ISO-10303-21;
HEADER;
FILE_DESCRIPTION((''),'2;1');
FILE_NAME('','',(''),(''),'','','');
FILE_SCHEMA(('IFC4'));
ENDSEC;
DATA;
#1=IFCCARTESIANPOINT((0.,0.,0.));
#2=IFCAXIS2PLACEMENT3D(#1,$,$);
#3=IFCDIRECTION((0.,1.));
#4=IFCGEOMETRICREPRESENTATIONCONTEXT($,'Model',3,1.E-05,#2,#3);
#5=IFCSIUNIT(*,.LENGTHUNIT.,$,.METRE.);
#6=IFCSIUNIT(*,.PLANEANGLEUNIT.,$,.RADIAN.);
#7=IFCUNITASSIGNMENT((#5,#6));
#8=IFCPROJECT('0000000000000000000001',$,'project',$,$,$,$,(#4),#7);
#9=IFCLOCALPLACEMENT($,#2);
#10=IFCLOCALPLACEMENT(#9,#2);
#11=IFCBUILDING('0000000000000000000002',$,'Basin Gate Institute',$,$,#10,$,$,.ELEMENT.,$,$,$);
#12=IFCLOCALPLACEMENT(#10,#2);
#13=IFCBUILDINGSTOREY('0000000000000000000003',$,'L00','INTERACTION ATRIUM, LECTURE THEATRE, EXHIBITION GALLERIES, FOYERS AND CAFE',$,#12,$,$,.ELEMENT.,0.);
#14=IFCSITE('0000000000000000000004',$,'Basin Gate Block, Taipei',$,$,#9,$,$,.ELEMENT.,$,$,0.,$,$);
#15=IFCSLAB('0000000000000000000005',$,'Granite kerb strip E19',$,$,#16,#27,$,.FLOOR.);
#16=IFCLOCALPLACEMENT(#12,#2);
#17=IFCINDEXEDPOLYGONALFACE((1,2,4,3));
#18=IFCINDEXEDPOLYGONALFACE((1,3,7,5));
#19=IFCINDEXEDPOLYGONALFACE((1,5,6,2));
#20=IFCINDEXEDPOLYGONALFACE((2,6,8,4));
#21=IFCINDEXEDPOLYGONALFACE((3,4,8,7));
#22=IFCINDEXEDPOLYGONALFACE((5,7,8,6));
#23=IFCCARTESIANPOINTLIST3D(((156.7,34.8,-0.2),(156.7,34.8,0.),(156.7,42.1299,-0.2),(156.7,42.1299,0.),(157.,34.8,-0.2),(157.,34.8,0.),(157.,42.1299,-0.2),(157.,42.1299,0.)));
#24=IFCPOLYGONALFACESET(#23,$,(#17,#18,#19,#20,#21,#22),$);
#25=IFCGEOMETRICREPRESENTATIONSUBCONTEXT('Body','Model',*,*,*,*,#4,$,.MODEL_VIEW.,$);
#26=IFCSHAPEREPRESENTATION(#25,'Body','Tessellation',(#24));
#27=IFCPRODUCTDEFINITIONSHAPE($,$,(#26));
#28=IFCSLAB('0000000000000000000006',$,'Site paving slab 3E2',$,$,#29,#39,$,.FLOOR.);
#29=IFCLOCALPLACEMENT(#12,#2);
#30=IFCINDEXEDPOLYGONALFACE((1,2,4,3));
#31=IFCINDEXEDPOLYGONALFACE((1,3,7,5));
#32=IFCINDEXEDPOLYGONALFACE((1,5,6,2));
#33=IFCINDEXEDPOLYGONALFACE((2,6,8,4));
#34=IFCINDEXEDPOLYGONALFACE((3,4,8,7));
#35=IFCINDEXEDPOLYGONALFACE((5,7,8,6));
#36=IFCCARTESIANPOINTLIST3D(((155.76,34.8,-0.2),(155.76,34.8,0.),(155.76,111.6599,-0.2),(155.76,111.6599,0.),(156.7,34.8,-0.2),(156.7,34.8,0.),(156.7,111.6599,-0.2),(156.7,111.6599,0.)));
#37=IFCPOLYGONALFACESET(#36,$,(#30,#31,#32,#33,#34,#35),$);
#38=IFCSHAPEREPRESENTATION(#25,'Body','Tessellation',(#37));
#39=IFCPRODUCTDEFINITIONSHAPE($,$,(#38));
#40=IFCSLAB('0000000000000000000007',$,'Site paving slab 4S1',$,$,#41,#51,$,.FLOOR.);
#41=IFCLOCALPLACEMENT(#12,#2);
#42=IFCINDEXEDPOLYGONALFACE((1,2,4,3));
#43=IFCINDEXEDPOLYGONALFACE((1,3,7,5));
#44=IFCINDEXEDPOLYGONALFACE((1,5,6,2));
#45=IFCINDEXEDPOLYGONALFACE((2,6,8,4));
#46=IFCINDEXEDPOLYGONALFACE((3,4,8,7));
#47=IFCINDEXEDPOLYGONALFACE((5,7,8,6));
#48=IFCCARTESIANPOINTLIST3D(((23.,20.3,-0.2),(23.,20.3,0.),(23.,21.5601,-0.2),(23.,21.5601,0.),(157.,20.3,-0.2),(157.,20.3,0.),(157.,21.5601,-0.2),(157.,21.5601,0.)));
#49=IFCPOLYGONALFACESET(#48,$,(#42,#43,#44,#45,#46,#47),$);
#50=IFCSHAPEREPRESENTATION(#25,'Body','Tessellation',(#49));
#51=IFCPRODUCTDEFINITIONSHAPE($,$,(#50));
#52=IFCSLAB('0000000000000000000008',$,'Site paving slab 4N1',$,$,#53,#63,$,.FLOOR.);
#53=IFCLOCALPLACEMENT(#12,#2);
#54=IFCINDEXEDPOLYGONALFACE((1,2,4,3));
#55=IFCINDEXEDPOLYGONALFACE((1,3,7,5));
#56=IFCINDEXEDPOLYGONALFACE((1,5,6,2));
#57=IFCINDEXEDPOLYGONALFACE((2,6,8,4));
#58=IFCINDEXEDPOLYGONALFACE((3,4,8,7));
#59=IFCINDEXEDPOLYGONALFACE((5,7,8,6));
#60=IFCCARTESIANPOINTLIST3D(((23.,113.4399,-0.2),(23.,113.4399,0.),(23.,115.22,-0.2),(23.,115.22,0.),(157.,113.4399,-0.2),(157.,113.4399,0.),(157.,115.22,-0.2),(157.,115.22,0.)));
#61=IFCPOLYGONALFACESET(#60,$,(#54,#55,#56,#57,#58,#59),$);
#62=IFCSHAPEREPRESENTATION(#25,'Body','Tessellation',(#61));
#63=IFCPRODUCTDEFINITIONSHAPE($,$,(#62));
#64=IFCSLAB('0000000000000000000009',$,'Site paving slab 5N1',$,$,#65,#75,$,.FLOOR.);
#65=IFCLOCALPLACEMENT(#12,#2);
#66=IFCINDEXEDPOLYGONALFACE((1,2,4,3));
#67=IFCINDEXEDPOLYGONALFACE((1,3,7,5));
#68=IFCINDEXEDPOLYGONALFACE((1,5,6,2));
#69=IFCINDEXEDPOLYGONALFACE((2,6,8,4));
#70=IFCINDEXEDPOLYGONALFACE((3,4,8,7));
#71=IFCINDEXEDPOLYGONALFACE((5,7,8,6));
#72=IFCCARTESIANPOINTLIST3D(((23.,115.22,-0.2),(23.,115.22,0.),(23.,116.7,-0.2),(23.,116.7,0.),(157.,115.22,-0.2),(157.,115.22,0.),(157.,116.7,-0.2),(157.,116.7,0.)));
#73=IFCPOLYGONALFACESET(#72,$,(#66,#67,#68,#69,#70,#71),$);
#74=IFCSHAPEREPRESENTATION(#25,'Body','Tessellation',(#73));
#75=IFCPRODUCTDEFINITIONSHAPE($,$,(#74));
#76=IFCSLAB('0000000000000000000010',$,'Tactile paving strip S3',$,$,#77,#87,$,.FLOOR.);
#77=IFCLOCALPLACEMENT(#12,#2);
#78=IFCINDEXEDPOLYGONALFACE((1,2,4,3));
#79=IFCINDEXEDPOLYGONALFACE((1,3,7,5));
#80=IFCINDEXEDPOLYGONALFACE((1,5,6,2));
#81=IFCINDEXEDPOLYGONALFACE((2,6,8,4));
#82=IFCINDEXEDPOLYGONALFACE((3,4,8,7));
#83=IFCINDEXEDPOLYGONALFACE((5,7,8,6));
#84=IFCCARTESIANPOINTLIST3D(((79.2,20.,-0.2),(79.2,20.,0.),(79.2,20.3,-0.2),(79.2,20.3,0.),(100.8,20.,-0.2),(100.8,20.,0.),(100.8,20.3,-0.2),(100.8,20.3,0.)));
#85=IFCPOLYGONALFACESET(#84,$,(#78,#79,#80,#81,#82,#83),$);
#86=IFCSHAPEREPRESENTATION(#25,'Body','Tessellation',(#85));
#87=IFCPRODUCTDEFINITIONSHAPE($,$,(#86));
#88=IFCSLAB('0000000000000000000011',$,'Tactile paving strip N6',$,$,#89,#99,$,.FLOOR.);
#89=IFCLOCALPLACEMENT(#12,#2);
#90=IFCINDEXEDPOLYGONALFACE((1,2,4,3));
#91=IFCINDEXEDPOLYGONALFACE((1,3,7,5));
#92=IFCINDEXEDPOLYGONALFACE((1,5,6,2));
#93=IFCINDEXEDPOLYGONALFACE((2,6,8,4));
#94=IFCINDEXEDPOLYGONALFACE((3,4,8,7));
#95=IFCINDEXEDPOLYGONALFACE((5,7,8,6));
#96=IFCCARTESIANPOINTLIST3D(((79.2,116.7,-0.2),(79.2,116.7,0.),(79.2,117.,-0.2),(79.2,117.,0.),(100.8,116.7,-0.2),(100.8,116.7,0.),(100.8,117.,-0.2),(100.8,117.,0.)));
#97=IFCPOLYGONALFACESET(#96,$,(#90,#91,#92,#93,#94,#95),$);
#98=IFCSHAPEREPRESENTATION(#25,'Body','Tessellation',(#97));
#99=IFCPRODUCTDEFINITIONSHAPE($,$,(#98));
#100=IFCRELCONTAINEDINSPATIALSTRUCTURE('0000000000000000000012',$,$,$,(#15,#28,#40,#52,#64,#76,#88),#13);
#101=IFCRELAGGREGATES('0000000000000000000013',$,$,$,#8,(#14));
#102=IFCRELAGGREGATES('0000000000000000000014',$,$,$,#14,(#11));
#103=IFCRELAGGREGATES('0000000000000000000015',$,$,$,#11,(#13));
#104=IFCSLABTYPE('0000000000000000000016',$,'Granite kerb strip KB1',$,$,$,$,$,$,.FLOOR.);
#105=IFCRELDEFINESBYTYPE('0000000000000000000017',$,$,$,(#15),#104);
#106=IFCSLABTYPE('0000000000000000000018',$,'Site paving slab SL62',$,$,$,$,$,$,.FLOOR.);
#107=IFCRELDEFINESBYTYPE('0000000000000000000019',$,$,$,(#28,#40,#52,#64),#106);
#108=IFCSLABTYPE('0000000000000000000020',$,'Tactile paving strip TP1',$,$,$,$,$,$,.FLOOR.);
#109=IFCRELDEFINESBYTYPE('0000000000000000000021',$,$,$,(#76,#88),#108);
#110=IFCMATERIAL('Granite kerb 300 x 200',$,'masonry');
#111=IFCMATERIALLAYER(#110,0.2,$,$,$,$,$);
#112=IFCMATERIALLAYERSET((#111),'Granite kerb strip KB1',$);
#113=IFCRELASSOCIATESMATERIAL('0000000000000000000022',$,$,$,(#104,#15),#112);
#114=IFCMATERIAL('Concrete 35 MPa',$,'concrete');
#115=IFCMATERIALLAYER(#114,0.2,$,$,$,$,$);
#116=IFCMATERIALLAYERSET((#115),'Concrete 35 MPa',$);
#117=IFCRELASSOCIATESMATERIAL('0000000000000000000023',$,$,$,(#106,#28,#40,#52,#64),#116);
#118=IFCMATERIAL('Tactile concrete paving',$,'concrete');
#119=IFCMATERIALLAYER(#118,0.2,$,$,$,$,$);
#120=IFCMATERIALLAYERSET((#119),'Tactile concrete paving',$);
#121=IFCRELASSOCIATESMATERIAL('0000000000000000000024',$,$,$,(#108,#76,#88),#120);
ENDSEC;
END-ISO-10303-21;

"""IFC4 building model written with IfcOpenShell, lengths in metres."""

from ifc_helpers import new_model, si_unit, direction, frame, origin, place, context, subcontext, project, spatial, polyline, outline, extrude, material, layer, layer_set, type_object, element, save


model = new_model("IFC4")

# Units and contexts
model_context = context("Model", 3, precision=1e-05, world=origin(), true_north=direction((0.0, 1.0)))
body_context = subcontext(model_context, "Body", "Model", "MODEL_VIEW")
ifc_project = project(units=[si_unit("LENGTHUNIT", "METRE"), si_unit("PLANEANGLEUNIT", "RADIAN")], contexts=[model_context])

# Site, building, storey
site_placement = place(None, origin())
site = spatial("IfcSite", under=ifc_project, at=site_placement, Name="Basin Gate Block, Taipei", CompositionType="ELEMENT", RefElevation=0.0)
building_placement = place(site_placement, origin())
building = spatial("IfcBuilding", under=site, at=building_placement, Name="Basin Gate Institute", CompositionType="ELEMENT")
storey_placement = place(building_placement, origin())
storey = spatial("IfcBuildingStorey", under=building, at=storey_placement, Name="L00", Description="INTERACTION ATRIUM, LECTURE THEATRE, EXHIBITION GALLERIES, FOYERS AND CAFE", CompositionType="ELEMENT", Elevation=0.0)

# Slabs
ifc_material_1 = material(Name="Granite kerb 300 x 200", Category="masonry")
ifc_layer_1 = layer(ifc_material_1, 0.2)
ifc_layer_set_1 = layer_set([ifc_layer_1], Name="Granite kerb strip KB1")
slab_type_1 = type_object("IfcSlabType", Name="Granite kerb strip KB1", PredefinedType="FLOOR", material=ifc_layer_set_1)
slab_1_placement = place(storey_placement, frame((0.0, 0.0, -0.2)))
element("IfcSlab", 1, at=slab_1_placement, inside=storey, type_object=slab_type_1, material=ifc_layer_set_1, Name="Granite kerb strip E19", PredefinedType="FLOOR", context=body_context, shape_type="SweptSolid", body=[
    extrude(outline(polyline([(156.7, 34.8), (156.7, 42.1299), (157.0, 42.1299), (157.0, 34.8), (156.7, 34.8)])), origin(), (0.0, 0.0, 1.0), 0.2),
])
ifc_material_2 = material(Name="Concrete 35 MPa", Category="concrete")
ifc_layer_2 = layer(ifc_material_2, 0.2)
ifc_layer_set_2 = layer_set([ifc_layer_2], Name="Concrete 35 MPa")
slab_type_2 = type_object("IfcSlabType", Name="Site paving slab SL62", PredefinedType="FLOOR", material=ifc_layer_set_2)
slab_2_placement = place(storey_placement, frame((0.0, 0.0, -0.2)))
element("IfcSlab", 2, at=slab_2_placement, inside=storey, type_object=slab_type_2, material=ifc_layer_set_2, Name="Site paving slab 3E2", PredefinedType="FLOOR", context=body_context, shape_type="SweptSolid", body=[
    extrude(outline(polyline([(155.76, 34.8), (155.76, 111.6599), (156.7, 111.6599), (156.7, 34.8), (155.76, 34.8)])), origin(), (0.0, 0.0, 1.0), 0.2),
])
slab_3_placement = place(storey_placement, frame((0.0, 0.0, -0.2)))
element("IfcSlab", 3, at=slab_3_placement, inside=storey, type_object=slab_type_2, material=ifc_layer_set_2, Name="Site paving slab 4S1", PredefinedType="FLOOR", context=body_context, shape_type="SweptSolid", body=[
    extrude(outline(polyline([(23.0, 20.3), (23.0, 21.5601), (157.0, 21.5601), (157.0, 20.3), (23.0, 20.3)])), origin(), (0.0, 0.0, 1.0), 0.2),
])
slab_4_placement = place(storey_placement, frame((0.0, 0.0, -0.2)))
element("IfcSlab", 4, at=slab_4_placement, inside=storey, type_object=slab_type_2, material=ifc_layer_set_2, Name="Site paving slab 4N1", PredefinedType="FLOOR", context=body_context, shape_type="SweptSolid", body=[
    extrude(outline(polyline([(23.0, 113.4399), (23.0, 115.22), (157.0, 115.22), (157.0, 113.4399), (23.0, 113.4399)])), origin(), (0.0, 0.0, 1.0), 0.2),
])
slab_5_placement = place(storey_placement, frame((0.0, 0.0, -0.2)))
element("IfcSlab", 5, at=slab_5_placement, inside=storey, type_object=slab_type_2, material=ifc_layer_set_2, Name="Site paving slab 5N1", PredefinedType="FLOOR", context=body_context, shape_type="SweptSolid", body=[
    extrude(outline(polyline([(23.0, 115.22), (23.0, 116.7), (157.0, 116.7), (157.0, 115.22), (23.0, 115.22)])), origin(), (0.0, 0.0, 1.0), 0.2),
])
ifc_material_3 = material(Name="Tactile concrete paving", Category="concrete")
ifc_layer_3 = layer(ifc_material_3, 0.2)
ifc_layer_set_3 = layer_set([ifc_layer_3], Name="Tactile concrete paving")
slab_type_3 = type_object("IfcSlabType", Name="Tactile paving strip TP1", PredefinedType="FLOOR", material=ifc_layer_set_3)
slab_6_placement = place(storey_placement, frame((0.0, 0.0, -0.2)))
element("IfcSlab", 6, at=slab_6_placement, inside=storey, type_object=slab_type_3, material=ifc_layer_set_3, Name="Tactile paving strip S3", PredefinedType="FLOOR", context=body_context, shape_type="SweptSolid", body=[
    extrude(outline(polyline([(79.2, 20.0), (79.2, 20.3), (100.8, 20.3), (100.8, 20.0), (79.2, 20.0)])), origin(), (0.0, 0.0, 1.0), 0.2),
])
slab_7_placement = place(storey_placement, frame((0.0, 0.0, -0.2)))
element("IfcSlab", 7, at=slab_7_placement, inside=storey, type_object=slab_type_3, material=ifc_layer_set_3, Name="Tactile paving strip N6", PredefinedType="FLOOR", context=body_context, shape_type="SweptSolid", body=[
    extrude(outline(polyline([(79.2, 116.7), (79.2, 117.0), (100.8, 117.0), (100.8, 116.7), (79.2, 116.7)])), origin(), (0.0, 0.0, 1.0), 0.2),
])

save(model, "model.ifc")
